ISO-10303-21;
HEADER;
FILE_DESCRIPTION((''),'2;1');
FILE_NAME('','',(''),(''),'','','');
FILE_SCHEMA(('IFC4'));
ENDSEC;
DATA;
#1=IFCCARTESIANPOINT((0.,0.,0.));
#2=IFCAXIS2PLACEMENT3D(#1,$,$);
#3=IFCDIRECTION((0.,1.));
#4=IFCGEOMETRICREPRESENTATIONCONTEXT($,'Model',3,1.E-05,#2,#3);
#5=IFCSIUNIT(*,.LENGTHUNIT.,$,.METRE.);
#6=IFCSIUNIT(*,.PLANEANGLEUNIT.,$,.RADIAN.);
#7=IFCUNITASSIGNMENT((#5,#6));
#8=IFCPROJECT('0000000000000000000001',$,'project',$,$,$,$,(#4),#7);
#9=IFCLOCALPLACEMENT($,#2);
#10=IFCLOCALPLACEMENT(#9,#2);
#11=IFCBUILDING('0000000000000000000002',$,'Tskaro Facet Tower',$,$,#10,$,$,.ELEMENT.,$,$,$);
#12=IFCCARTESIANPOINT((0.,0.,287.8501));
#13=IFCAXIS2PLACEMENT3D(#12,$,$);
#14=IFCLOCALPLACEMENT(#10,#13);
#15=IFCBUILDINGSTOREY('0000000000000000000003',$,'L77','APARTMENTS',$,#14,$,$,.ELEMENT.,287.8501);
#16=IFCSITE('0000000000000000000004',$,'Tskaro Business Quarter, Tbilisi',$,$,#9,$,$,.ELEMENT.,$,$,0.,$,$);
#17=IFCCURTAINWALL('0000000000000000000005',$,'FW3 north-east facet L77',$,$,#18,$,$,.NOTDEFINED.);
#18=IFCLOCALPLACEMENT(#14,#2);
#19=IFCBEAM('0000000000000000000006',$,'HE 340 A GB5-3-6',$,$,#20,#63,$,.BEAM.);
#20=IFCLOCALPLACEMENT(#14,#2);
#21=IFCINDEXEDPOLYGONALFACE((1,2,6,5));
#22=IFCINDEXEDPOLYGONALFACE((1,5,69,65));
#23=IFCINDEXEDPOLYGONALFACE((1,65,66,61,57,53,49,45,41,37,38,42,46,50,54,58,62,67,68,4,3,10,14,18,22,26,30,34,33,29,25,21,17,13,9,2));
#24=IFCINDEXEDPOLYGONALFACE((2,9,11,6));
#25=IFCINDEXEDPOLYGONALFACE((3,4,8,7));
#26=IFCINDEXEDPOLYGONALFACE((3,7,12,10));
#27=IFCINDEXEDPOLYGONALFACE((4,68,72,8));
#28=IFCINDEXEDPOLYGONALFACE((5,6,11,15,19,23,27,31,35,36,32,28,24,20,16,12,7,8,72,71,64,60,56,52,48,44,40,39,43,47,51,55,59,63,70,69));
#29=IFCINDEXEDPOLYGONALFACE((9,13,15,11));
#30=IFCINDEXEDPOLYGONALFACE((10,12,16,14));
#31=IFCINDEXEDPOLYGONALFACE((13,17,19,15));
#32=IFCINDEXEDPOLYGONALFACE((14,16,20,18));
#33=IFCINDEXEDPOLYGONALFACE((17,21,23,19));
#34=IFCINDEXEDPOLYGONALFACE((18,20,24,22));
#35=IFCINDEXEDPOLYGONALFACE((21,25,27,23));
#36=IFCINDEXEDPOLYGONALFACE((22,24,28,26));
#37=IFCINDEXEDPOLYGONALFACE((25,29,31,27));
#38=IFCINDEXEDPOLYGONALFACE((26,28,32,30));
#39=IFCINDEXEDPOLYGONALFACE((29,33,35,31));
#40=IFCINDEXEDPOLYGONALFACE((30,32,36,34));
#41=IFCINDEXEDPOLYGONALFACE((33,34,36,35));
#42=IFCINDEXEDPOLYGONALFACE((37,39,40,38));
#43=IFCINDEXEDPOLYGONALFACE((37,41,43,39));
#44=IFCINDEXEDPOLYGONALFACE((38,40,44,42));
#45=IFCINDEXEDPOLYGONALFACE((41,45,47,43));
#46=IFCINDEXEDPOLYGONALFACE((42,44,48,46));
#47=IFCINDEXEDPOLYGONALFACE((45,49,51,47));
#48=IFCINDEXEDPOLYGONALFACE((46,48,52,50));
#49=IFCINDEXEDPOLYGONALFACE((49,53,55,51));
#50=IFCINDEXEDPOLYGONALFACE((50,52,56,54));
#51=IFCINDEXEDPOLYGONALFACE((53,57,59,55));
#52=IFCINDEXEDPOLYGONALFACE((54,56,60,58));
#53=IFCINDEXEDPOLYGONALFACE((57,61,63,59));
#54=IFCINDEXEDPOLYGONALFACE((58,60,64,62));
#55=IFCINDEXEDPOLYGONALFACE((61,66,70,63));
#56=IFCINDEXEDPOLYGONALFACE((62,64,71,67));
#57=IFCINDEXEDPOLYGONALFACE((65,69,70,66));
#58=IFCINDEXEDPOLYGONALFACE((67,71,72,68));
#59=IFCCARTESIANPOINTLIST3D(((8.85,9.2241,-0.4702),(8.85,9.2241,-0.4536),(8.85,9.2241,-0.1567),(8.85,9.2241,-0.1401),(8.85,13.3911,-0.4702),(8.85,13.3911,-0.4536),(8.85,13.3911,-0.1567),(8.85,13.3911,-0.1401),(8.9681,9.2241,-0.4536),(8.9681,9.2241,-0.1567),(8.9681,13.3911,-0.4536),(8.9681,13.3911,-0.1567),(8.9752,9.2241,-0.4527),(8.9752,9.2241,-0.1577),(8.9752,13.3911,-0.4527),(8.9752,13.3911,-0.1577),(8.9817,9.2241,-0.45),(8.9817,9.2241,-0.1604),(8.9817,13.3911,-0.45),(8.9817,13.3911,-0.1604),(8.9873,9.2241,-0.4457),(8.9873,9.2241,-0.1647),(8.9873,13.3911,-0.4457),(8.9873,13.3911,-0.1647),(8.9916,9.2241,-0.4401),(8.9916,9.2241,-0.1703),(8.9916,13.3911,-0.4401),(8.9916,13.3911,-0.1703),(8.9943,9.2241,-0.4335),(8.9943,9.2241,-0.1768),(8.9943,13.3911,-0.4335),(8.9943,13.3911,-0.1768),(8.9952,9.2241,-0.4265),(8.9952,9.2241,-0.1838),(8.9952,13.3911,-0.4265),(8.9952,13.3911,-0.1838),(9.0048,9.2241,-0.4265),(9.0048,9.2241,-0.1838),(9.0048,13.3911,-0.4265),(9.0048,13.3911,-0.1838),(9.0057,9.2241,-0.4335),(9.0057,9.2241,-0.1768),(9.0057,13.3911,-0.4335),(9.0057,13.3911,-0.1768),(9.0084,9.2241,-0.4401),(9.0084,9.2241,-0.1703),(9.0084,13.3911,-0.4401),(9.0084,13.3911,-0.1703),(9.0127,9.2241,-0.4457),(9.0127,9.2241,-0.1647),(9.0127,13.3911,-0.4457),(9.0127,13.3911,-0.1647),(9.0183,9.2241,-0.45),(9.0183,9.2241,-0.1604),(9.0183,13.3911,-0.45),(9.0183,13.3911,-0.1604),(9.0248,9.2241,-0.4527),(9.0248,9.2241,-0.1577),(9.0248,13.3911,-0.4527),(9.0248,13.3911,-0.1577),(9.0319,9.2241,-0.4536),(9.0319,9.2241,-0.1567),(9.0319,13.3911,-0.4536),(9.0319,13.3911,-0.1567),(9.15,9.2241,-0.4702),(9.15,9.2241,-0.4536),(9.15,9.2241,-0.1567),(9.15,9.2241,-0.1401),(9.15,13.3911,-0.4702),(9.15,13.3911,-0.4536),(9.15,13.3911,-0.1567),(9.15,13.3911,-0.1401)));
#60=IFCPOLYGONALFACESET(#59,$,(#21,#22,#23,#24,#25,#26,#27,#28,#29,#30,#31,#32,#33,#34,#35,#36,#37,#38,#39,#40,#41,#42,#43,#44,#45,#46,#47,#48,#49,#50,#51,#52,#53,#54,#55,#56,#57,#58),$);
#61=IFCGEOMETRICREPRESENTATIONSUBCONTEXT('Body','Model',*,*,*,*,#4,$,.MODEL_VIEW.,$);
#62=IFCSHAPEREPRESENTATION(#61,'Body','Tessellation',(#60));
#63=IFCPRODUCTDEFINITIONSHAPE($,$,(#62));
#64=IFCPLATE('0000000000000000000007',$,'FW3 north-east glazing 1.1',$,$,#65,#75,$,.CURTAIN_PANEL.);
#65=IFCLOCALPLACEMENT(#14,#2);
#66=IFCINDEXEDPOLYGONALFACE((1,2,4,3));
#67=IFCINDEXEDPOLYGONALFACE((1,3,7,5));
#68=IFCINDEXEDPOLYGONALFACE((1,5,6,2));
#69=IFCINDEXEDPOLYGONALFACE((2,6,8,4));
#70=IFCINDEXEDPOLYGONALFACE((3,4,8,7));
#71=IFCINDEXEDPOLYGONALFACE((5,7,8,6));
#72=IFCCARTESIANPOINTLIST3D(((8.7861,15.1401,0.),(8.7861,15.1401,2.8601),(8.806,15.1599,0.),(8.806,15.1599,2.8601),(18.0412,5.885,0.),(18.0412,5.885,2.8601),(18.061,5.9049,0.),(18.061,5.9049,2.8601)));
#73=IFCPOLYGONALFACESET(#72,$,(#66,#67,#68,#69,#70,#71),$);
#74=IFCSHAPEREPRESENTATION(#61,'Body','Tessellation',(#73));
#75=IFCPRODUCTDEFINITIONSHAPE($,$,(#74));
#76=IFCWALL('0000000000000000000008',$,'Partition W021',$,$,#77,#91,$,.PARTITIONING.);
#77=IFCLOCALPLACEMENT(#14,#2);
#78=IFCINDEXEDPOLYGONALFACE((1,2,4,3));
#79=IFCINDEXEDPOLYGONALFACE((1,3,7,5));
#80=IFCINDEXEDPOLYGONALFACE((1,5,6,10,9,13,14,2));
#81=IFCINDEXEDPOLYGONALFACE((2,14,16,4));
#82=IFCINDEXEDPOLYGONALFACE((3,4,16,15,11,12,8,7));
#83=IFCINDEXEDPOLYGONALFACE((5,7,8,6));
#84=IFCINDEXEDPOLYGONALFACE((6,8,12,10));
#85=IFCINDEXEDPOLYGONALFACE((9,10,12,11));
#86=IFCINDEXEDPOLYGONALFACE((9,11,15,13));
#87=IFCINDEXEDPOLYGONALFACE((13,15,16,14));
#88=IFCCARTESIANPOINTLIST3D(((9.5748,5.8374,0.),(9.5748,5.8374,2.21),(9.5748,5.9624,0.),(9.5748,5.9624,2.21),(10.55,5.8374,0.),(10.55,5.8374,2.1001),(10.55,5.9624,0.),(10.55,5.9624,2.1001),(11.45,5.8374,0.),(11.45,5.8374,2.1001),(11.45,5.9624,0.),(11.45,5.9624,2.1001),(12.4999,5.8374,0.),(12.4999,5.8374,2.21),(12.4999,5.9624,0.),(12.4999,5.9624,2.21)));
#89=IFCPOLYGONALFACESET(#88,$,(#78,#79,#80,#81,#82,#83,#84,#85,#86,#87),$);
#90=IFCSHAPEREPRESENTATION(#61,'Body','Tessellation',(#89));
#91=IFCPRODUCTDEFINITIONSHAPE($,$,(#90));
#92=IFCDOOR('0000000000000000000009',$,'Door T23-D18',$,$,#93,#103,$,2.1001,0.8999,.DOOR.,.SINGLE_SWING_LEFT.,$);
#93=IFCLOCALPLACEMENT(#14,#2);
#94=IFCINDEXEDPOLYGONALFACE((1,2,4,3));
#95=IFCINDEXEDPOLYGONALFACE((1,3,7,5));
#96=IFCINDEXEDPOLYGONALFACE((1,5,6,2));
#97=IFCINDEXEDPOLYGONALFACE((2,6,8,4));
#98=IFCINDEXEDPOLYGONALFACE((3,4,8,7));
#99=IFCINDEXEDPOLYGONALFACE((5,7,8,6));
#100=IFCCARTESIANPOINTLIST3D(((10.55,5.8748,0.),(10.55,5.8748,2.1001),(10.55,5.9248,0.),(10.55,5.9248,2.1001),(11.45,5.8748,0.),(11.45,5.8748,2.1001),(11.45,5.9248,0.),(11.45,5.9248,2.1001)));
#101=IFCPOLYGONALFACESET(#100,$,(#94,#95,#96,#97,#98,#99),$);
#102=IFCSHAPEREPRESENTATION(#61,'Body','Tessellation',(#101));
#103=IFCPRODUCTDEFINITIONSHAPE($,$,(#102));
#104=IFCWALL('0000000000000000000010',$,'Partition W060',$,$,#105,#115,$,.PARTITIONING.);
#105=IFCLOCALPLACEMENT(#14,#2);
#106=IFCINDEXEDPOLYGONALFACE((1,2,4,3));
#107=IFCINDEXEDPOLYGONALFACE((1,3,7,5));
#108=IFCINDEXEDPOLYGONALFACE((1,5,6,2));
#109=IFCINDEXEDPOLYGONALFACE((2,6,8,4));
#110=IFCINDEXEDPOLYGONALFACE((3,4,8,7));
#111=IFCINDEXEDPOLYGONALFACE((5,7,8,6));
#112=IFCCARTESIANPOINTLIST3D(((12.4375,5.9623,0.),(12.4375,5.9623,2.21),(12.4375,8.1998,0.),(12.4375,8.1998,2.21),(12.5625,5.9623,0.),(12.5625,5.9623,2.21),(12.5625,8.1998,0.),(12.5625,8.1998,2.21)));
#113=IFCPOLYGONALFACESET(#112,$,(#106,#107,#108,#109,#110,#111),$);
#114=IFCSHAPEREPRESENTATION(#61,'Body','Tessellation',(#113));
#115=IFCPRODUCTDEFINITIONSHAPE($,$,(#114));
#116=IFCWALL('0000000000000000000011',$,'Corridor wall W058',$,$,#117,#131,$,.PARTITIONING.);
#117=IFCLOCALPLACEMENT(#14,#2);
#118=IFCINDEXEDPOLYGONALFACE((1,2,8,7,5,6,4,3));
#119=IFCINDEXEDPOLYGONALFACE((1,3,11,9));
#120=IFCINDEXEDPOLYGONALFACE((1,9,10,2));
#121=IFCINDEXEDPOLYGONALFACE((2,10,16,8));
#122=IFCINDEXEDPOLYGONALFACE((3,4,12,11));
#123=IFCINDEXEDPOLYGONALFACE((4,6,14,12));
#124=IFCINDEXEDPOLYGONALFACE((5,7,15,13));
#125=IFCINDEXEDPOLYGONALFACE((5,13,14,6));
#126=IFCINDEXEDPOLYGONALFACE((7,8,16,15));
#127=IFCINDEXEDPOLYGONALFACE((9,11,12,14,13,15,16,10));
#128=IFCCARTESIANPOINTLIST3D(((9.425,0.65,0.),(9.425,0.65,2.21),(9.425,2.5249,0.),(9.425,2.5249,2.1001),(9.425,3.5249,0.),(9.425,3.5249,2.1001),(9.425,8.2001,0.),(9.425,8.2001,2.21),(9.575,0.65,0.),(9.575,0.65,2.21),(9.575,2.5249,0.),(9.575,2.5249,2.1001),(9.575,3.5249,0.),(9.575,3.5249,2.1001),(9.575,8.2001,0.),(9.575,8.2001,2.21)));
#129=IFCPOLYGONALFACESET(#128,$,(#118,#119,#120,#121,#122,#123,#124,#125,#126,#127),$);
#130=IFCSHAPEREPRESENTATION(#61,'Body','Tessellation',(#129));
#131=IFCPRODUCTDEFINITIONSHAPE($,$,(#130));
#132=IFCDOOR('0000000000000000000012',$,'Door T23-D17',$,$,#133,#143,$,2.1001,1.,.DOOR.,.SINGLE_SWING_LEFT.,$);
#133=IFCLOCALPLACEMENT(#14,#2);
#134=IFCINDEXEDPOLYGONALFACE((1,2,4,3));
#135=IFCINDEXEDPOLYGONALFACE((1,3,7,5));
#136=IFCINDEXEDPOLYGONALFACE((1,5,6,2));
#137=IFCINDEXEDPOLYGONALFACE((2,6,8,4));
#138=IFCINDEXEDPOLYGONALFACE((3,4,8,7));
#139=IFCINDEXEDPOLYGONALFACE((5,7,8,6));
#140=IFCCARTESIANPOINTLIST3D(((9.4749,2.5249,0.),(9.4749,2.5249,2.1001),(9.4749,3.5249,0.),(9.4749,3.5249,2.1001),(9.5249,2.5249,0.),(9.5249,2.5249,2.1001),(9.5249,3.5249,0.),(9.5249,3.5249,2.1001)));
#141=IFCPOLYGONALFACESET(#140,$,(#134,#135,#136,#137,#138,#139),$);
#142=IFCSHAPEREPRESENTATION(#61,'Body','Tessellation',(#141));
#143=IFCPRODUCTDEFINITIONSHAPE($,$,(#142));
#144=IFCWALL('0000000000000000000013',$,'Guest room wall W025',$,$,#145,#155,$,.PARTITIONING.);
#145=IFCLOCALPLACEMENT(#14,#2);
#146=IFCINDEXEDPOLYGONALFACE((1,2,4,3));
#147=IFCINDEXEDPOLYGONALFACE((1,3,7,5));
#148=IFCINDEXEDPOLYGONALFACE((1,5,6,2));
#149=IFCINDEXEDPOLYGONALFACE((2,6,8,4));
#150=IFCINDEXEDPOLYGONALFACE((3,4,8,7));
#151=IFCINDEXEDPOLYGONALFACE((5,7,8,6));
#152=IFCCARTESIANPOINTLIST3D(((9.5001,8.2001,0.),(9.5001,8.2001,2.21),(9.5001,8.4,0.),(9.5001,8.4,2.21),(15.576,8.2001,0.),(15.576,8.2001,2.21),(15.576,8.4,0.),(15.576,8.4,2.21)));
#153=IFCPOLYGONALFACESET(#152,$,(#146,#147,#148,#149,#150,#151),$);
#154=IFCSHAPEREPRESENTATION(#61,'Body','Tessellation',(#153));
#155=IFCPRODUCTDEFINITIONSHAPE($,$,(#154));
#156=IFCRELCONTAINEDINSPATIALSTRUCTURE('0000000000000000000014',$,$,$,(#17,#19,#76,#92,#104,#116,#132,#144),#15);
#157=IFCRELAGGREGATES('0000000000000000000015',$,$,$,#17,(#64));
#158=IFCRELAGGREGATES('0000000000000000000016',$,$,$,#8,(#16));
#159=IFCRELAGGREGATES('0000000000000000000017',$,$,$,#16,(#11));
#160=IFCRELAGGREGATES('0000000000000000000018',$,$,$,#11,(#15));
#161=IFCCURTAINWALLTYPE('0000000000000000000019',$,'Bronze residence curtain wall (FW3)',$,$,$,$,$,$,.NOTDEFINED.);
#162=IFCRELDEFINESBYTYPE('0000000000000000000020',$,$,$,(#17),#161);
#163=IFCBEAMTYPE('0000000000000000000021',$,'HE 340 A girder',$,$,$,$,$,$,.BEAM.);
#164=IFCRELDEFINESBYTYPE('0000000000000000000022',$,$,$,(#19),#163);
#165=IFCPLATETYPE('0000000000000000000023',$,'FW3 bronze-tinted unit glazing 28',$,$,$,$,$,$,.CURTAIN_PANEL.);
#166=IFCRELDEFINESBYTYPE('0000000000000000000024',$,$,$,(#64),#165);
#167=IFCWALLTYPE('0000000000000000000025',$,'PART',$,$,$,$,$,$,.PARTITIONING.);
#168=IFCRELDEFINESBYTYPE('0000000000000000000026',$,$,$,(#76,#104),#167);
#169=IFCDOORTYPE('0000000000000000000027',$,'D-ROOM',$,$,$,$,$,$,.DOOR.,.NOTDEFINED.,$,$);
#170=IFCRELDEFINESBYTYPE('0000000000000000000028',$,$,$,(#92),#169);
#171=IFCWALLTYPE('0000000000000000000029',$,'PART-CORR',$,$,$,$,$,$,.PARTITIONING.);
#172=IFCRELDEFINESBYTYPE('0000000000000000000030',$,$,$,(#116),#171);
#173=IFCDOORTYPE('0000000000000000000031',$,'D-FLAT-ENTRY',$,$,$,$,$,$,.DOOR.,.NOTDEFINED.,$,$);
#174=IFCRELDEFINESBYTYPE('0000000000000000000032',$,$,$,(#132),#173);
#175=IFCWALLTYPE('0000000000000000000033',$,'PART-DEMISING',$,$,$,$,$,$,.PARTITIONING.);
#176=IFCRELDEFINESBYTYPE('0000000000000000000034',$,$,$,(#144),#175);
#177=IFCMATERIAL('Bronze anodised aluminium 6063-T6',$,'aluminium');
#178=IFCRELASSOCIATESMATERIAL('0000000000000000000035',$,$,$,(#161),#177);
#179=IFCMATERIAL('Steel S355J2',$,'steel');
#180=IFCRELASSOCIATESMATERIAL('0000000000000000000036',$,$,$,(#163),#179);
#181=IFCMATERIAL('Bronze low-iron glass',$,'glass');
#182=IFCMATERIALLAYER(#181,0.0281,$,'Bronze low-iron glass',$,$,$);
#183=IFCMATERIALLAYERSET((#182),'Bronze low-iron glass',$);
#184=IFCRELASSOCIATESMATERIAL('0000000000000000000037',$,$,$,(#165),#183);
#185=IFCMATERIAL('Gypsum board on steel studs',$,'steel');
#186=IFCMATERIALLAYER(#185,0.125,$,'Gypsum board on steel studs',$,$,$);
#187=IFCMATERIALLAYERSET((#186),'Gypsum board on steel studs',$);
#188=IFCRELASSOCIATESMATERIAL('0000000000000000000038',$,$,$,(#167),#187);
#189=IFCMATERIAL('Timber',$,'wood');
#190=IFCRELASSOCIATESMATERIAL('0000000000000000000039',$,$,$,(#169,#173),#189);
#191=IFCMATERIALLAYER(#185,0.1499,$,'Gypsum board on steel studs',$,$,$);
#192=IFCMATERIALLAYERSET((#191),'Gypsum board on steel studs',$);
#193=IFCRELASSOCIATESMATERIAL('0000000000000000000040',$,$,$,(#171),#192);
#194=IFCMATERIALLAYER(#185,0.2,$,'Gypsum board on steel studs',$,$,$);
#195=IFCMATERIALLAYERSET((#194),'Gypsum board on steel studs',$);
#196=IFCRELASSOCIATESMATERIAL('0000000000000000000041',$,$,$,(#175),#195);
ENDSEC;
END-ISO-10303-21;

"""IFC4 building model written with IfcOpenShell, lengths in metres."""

from ifc_helpers import new_model, si_unit, direction, frame, frame_2d, origin, origin_2d, place, context, subcontext, project, spatial, rectangle, i_section, extrude, material, layer, layer_set, material_profile, profile_set, type_object, element, fill, aggregate, save


model = new_model("IFC4")

# Units and contexts
model_context = context("Model", 3, precision=1e-05, world=origin(), true_north=direction((0.0, 1.0)))
body_context = subcontext(model_context, "Body", "Model", "MODEL_VIEW")
ifc_project = project(units=[si_unit("LENGTHUNIT", "METRE"), si_unit("PLANEANGLEUNIT", "RADIAN")], contexts=[model_context])

# Site, building, storey
site_placement = place(None, origin())
site = spatial("IfcSite", under=ifc_project, at=site_placement, Name="Tskaro Business Quarter, Tbilisi", CompositionType="ELEMENT", RefElevation=0.0)
building_placement = place(site_placement, origin())
building = spatial("IfcBuilding", under=site, at=building_placement, Name="Tskaro Facet Tower", CompositionType="ELEMENT")
storey_placement = place(building_placement, frame((0.0, 0.0, 287.8501)))
storey = spatial("IfcBuildingStorey", under=building, at=storey_placement, Name="L77", Description="APARTMENTS", CompositionType="ELEMENT", Elevation=287.8501)

# Shared definitions
ifc_material_1 = material(Name="Steel S355J2", Category="steel")

# Curtain wall
ifc_material_2 = material(Name="Bronze anodised aluminium 6063-T6", Category="aluminium")
curtain_wall_type = type_object("IfcCurtainWallType", Name="Bronze residence curtain wall (FW3)", PredefinedType="NOTDEFINED", material=ifc_material_2)
curtain_wall_placement = place(storey_placement, origin())
curtain_wall = element("IfcCurtainWall", 1, at=curtain_wall_placement, inside=storey, type_object=curtain_wall_type, Name="FW3 north-east facet L77", PredefinedType="NOTDEFINED")

# Beam
ifc_material_profile_1 = material_profile(ifc_material_1, i_section(OverallWidth=0.3, OverallDepth=0.3301, WebThickness=0.0095, FlangeThickness=0.0166, FilletRadius=0.0271, at=origin_2d()), Name="HE 340 A")
ifc_profile_set_1 = profile_set([ifc_material_profile_1], Name="Steel S355J2")
beam_type_1 = type_object("IfcBeamType", Name="HE 340 A girder", PredefinedType="BEAM", material=ifc_profile_set_1)
beam_1_placement = place(storey_placement, frame((9.0, 9.2241, -0.3052), z_axis=(0.0, 1.0, 0.0), x_axis=(-1.0, 0.0, 0.0)))
element("IfcBeam", 2, at=beam_1_placement, inside=storey, type_object=beam_type_1, Name="HE 340 A GB5-3-6", PredefinedType="BEAM", context=body_context, shape_type="SweptSolid", body=[
    extrude(i_section(OverallWidth=0.3, OverallDepth=0.3301, WebThickness=0.0095, FlangeThickness=0.0166, FilletRadius=0.0271, at=origin_2d()), origin(), (0.0, 0.0, 1.0), 4.167),
])

# Plate
ifc_material_3 = material(Name="Bronze low-iron glass", Category="glass")
ifc_layer_1 = layer(ifc_material_3, 0.0281, Name="Bronze low-iron glass")
ifc_layer_set_1 = layer_set([ifc_layer_1], Name="Bronze low-iron glass")
plate_type = type_object("IfcPlateType", Name="FW3 bronze-tinted unit glazing 28", PredefinedType="CURTAIN_PANEL", material=ifc_layer_set_1)
plate_placement = place(storey_placement, frame((13.4236, 10.5225, 0.0), z_axis=(0.0, 0.0, 1.0), x_axis=(-0.707107, 0.707107, 0.0)))
plate = element("IfcPlate", 3, at=plate_placement, type_object=plate_type, Name="FW3 north-east glazing 1.1", PredefinedType="CURTAIN_PANEL", context=body_context, shape_type="SweptSolid", body=[
    extrude(rectangle(XDim=13.0886, YDim=0.0281, at=origin_2d()), origin(), (0.0, 0.0, 1.0), 2.8601),
])
aggregate(curtain_wall, [plate])

# Wall, opening, door
ifc_material_4 = material(Name="Gypsum board on steel studs", Category="steel")
ifc_layer_2 = layer(ifc_material_4, 0.125, Name="Gypsum board on steel studs")
ifc_layer_set_2 = layer_set([ifc_layer_2], Name="Gypsum board on steel studs")
wall_type_1 = type_object("IfcWallType", Name="PART", PredefinedType="PARTITIONING", material=ifc_layer_set_2)
wall_1_placement = place(storey_placement, frame((9.575, 5.8999, 0.0), z_axis=(0.0, 0.0, 1.0), x_axis=(1.0, 0.0, 0.0)))
wall_1 = element("IfcWall", 4, at=wall_1_placement, inside=storey, type_object=wall_type_1, Name="Partition W021", PredefinedType="PARTITIONING", context=body_context, shape_type="SweptSolid", body=[
    extrude(rectangle(XDim=2.925, YDim=0.125, at=frame_2d((1.4624, 0.0))), origin(), (0.0, 0.0, 1.0), 2.21),
])
opening_1_placement = place(wall_1_placement, frame((0.9751, 0.0, 0.0)))
opening_1 = element("IfcOpeningElement", 5, at=opening_1_placement, cuts=wall_1, PredefinedType="OPENING", context=body_context, shape_type="SweptSolid", body=[
    extrude(rectangle(XDim=0.8999, YDim=2.1001, at=frame_2d((0.45, 1.05))), frame((0.0, 0.0725, 0.0), z_axis=(0.0, -1.0, 0.0), x_axis=(1.0, 0.0, 0.0)), (0.0, 0.0, 1.0), 0.145),
])
ifc_material_5 = material(Name="Timber", Category="wood")
door_type_1 = type_object("IfcDoorType", Name="D-ROOM", OperationType="NOTDEFINED", PredefinedType="DOOR", material=ifc_material_5)
door_1_placement = place(opening_1_placement, origin())
door_1 = element("IfcDoor", 6, at=door_1_placement, inside=storey, type_object=door_type_1, Name="Door T23-D18", OperationType="SINGLE_SWING_LEFT", OverallHeight=2.1001, OverallWidth=0.8999, PredefinedType="DOOR", context=body_context, shape_type="SweptSolid", body=[
    extrude(rectangle(XDim=0.8999, YDim=2.1001, at=frame_2d((0.45, 1.05))), frame((0.0, 0.0249, 0.0), z_axis=(0.0, -1.0, 0.0), x_axis=(1.0, 0.0, 0.0)), (0.0, 0.0, 1.0), 0.05),
])
fill(opening_1, door_1)

# Wall
wall_2_placement = place(storey_placement, frame((12.5, 5.9624, 0.0), z_axis=(0.0, 0.0, 1.0), x_axis=(0.0, 1.0, 0.0)))
element("IfcWall", 7, at=wall_2_placement, inside=storey, type_object=wall_type_1, Name="Partition W060", PredefinedType="PARTITIONING", context=body_context, shape_type="SweptSolid", body=[
    extrude(rectangle(XDim=2.2375, YDim=0.125, at=frame_2d((1.1187, 0.0))), origin(), (0.0, 0.0, 1.0), 2.21),
])

# Wall, opening, door
ifc_layer_3 = layer(ifc_material_4, 0.1499, Name="Gypsum board on steel studs")
ifc_layer_set_3 = layer_set([ifc_layer_3], Name="Gypsum board on steel studs")
wall_type_2 = type_object("IfcWallType", Name="PART-CORR", PredefinedType="PARTITIONING", material=ifc_layer_set_3)
wall_3_placement = place(storey_placement, frame((9.5, 8.2, 0.0), z_axis=(0.0, 0.0, 1.0), x_axis=(0.0, -1.0, 0.0)))
wall_3 = element("IfcWall", 8, at=wall_3_placement, inside=storey, type_object=wall_type_2, Name="Corridor wall W058", PredefinedType="PARTITIONING", context=body_context, shape_type="SweptSolid", body=[
    extrude(rectangle(XDim=7.55, YDim=0.1499, at=frame_2d((3.7749, 0.0))), origin(), (0.0, 0.0, 1.0), 2.21),
])
opening_2_placement = place(wall_3_placement, frame((4.675, 0.0, 0.0)))
opening_2 = element("IfcOpeningElement", 9, at=opening_2_placement, cuts=wall_3, PredefinedType="OPENING", context=body_context, shape_type="SweptSolid", body=[
    extrude(rectangle(XDim=1.0, YDim=2.1001, at=frame_2d((0.5, 1.05))), frame((0.0, 0.085, 0.0), z_axis=(0.0, -1.0, 0.0), x_axis=(1.0, 0.0, 0.0)), (0.0, 0.0, 1.0), 0.1699),
])
door_type_2 = type_object("IfcDoorType", Name="D-FLAT-ENTRY", OperationType="NOTDEFINED", PredefinedType="DOOR", material=ifc_material_5)
door_2_placement = place(opening_2_placement, origin())
door_2 = element("IfcDoor", 10, at=door_2_placement, inside=storey, type_object=door_type_2, Name="Door T23-D17", OperationType="SINGLE_SWING_LEFT", OverallHeight=2.1001, OverallWidth=1.0, PredefinedType="DOOR", context=body_context, shape_type="SweptSolid", body=[
    extrude(rectangle(XDim=1.0, YDim=2.1001, at=frame_2d((0.5, 1.05))), frame((0.0, 0.0249, 0.0), z_axis=(0.0, -1.0, 0.0), x_axis=(1.0, 0.0, 0.0)), (0.0, 0.0, 1.0), 0.05),
])
fill(opening_2, door_2)

# Wall
ifc_layer_4 = layer(ifc_material_4, 0.2, Name="Gypsum board on steel studs")
ifc_layer_set_4 = layer_set([ifc_layer_4], Name="Gypsum board on steel studs")
wall_type_3 = type_object("IfcWallType", Name="PART-DEMISING", PredefinedType="PARTITIONING", material=ifc_layer_set_4)
wall_4_placement = place(storey_placement, frame((9.5, 8.3, 0.0), z_axis=(0.0, 0.0, 1.0), x_axis=(1.0, 0.0, 0.0)))
element("IfcWall", 11, at=wall_4_placement, inside=storey, type_object=wall_type_3, Name="Guest room wall W025", PredefinedType="PARTITIONING", context=body_context, shape_type="SweptSolid", body=[
    extrude(rectangle(XDim=6.0759, YDim=0.2, at=frame_2d((3.0381, 0.0))), origin(), (0.0, 0.0, 1.0), 2.21),
])

save(model, "model.ifc")
